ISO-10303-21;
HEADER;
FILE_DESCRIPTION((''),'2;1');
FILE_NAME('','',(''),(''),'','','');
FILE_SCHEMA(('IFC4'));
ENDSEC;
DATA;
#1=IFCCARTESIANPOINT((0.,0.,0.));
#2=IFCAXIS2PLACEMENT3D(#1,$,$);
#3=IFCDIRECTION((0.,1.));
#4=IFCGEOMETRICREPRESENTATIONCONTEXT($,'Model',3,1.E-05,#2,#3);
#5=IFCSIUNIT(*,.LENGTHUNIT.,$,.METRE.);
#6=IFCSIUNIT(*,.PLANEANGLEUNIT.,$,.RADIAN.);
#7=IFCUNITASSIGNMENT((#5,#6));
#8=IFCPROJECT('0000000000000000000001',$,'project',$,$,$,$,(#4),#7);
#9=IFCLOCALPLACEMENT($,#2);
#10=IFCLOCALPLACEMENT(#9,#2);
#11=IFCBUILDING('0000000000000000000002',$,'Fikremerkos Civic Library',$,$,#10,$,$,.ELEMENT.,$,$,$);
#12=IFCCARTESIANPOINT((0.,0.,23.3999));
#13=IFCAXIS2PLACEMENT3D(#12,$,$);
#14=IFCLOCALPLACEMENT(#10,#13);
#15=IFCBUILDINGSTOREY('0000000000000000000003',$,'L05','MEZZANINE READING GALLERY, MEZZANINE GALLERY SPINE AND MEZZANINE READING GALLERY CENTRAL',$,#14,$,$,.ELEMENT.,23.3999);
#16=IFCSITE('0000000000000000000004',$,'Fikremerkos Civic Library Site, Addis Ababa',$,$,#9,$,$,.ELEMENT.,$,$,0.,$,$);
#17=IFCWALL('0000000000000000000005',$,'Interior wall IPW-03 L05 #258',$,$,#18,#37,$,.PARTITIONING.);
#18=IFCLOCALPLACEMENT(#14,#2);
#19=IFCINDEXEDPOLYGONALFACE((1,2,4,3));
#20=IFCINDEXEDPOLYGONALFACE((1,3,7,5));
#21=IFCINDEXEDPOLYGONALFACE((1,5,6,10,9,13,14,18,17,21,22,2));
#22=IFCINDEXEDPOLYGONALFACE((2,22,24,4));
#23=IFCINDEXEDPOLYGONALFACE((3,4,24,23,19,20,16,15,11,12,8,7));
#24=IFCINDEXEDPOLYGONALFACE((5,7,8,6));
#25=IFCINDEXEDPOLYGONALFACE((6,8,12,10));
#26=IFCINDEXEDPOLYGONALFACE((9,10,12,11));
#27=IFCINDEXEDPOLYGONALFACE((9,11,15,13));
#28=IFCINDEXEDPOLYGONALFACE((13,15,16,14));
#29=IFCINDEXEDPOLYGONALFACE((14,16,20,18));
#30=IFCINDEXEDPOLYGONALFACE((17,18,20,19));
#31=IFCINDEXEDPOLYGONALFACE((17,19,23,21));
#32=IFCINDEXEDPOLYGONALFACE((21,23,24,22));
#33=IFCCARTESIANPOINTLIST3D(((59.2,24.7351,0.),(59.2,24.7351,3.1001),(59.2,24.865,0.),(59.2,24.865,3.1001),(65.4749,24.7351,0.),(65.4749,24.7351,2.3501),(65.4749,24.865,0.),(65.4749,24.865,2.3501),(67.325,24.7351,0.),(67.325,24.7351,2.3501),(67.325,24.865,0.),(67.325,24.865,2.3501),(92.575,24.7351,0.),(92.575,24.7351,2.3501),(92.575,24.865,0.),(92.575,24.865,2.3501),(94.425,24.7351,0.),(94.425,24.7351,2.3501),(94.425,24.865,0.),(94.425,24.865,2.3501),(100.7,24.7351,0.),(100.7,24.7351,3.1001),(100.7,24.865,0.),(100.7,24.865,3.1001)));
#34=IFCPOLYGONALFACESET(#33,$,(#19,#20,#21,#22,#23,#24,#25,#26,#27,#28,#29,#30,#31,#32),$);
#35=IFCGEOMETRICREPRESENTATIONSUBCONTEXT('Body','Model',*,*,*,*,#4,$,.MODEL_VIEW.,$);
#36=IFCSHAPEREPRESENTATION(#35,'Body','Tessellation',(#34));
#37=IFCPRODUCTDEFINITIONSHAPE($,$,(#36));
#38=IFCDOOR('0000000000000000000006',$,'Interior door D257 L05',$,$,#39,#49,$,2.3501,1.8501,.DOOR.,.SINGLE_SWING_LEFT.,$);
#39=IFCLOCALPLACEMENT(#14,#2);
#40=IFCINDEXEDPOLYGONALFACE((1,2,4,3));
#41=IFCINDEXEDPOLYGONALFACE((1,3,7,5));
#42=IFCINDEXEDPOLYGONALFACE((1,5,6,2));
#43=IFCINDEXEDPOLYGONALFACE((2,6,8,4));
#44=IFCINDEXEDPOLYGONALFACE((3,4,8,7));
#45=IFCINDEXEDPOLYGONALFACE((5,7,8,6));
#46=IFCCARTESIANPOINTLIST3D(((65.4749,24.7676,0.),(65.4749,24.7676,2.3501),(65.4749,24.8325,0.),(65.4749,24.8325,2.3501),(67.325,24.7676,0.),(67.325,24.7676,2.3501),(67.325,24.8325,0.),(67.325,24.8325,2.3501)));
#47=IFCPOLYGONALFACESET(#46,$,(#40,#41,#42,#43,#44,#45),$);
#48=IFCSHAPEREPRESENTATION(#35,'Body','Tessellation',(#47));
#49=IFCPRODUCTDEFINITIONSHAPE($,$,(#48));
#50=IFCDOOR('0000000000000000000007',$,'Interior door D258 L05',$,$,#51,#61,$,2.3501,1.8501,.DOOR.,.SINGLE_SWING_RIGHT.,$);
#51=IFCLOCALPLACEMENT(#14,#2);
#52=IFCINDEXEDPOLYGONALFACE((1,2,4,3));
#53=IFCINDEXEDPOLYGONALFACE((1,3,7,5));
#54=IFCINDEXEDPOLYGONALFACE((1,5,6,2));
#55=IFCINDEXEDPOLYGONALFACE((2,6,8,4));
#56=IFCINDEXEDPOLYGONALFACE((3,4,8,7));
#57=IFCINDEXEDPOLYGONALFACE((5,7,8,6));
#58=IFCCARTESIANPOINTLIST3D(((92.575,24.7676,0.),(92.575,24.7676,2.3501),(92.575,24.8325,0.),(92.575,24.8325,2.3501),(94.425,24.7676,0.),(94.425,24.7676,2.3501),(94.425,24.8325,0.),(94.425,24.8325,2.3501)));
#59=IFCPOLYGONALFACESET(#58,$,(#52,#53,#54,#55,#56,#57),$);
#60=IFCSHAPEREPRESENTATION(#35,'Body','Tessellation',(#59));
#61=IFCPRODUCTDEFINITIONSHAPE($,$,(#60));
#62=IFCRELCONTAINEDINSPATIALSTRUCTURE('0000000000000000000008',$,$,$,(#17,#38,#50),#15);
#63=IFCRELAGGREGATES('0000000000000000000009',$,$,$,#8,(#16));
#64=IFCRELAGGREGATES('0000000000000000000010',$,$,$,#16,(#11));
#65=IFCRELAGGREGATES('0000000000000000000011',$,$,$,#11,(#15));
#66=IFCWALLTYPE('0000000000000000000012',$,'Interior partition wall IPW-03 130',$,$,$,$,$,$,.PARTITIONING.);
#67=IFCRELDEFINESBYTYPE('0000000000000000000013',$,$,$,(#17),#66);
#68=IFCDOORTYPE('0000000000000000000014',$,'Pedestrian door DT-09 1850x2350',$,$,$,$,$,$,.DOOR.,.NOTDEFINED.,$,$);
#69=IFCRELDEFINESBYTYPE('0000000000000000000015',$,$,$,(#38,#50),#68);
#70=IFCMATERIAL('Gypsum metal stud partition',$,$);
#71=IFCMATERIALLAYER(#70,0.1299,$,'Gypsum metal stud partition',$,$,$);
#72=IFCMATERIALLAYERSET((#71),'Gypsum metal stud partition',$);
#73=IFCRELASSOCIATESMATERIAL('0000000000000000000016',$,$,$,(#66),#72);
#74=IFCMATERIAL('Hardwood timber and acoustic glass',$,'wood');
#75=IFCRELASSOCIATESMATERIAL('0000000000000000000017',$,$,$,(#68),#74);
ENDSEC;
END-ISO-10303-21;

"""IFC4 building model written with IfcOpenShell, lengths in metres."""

from ifc_helpers import new_model, si_unit, direction, frame, frame_2d, origin, place, context, subcontext, project, spatial, rectangle, extrude, material, layer, layer_set, type_object, element, fill, save


model = new_model("IFC4")

# Units and contexts
model_context = context("Model", 3, precision=1e-05, world=origin(), true_north=direction((0.0, 1.0)))
body_context = subcontext(model_context, "Body", "Model", "MODEL_VIEW")
ifc_project = project(units=[si_unit("LENGTHUNIT", "METRE"), si_unit("PLANEANGLEUNIT", "RADIAN")], contexts=[model_context])

# Site, building, storey
site_placement = place(None, origin())
site = spatial("IfcSite", under=ifc_project, at=site_placement, Name="Fikremerkos Civic Library Site, Addis Ababa", CompositionType="ELEMENT", RefElevation=0.0)
building_placement = place(site_placement, origin())
building = spatial("IfcBuilding", under=site, at=building_placement, Name="Fikremerkos Civic Library", CompositionType="ELEMENT")
storey_placement = place(building_placement, frame((0.0, 0.0, 23.3999)))
storey = spatial("IfcBuildingStorey", under=building, at=storey_placement, Name="L05", Description="MEZZANINE READING GALLERY, MEZZANINE GALLERY SPINE AND MEZZANINE READING GALLERY CENTRAL", CompositionType="ELEMENT", Elevation=23.3999)

# Wall, openings, doors
ifc_material_1 = material(Name="Gypsum metal stud partition")
ifc_layer_1 = layer(ifc_material_1, 0.1299, Name="Gypsum metal stud partition")
ifc_layer_set_1 = layer_set([ifc_layer_1], Name="Gypsum metal stud partition")
wall_type_1 = type_object("IfcWallType", Name="Interior partition wall IPW-03 130", PredefinedType="PARTITIONING", material=ifc_layer_set_1)
wall_1_placement = place(storey_placement, frame((59.2, 24.8, 0.0), z_axis=(0.0, 0.0, 1.0), x_axis=(1.0, 0.0, 0.0)))
wall_1 = element("IfcWall", 1, at=wall_1_placement, inside=storey, type_object=wall_type_1, Name="Interior wall IPW-03 L05 #258", PredefinedType="PARTITIONING", context=body_context, shape_type="SweptSolid", body=[
    extrude(rectangle(XDim=41.5, YDim=0.1299, at=frame_2d((20.75, 0.0))), origin(), (0.0, 0.0, 1.0), 3.1001),
])
opening_1_placement = place(wall_1_placement, frame((6.2749, 0.0, 0.0)))
opening_1 = element("IfcOpeningElement", 2, at=opening_1_placement, cuts=wall_1, PredefinedType="OPENING", context=body_context, shape_type="SweptSolid", body=[
    extrude(rectangle(XDim=1.8501, YDim=2.3501, at=frame_2d((0.925, 1.175))), frame((0.0, 0.075, 0.0), z_axis=(0.0, -1.0, 0.0), x_axis=(1.0, 0.0, 0.0)), (0.0, 0.0, 1.0), 0.1499),
])
opening_2_placement = place(wall_1_placement, frame((33.375, 0.0, 0.0)))
opening_2 = element("IfcOpeningElement", 3, at=opening_2_placement, cuts=wall_1, PredefinedType="OPENING", context=body_context, shape_type="SweptSolid", body=[
    extrude(rectangle(XDim=1.8501, YDim=2.3501, at=frame_2d((0.925, 1.175))), frame((0.0, 0.075, 0.0), z_axis=(0.0, -1.0, 0.0), x_axis=(1.0, 0.0, 0.0)), (0.0, 0.0, 1.0), 0.1499),
])
ifc_material_2 = material(Name="Hardwood timber and acoustic glass", Category="wood")
door_type = type_object("IfcDoorType", Name="Pedestrian door DT-09 1850x2350", OperationType="NOTDEFINED", PredefinedType="DOOR", material=ifc_material_2)
door_1_placement = place(opening_1_placement, origin())
door_1 = element("IfcDoor", 4, at=door_1_placement, inside=storey, type_object=door_type, Name="Interior door D257 L05", OperationType="SINGLE_SWING_LEFT", OverallHeight=2.3501, OverallWidth=1.8501, PredefinedType="DOOR", context=body_context, shape_type="SweptSolid", body=[
    extrude(rectangle(XDim=1.8501, YDim=2.3501, at=frame_2d((0.925, 1.175))), frame((0.0, 0.0325, 0.0), z_axis=(0.0, -1.0, 0.0), x_axis=(1.0, 0.0, 0.0)), (0.0, 0.0, 1.0), 0.0649),
])
fill(opening_1, door_1)
door_2_placement = place(opening_2_placement, origin())
door_2 = element("IfcDoor", 5, at=door_2_placement, inside=storey, type_object=door_type, Name="Interior door D258 L05", OperationType="SINGLE_SWING_RIGHT", OverallHeight=2.3501, OverallWidth=1.8501, PredefinedType="DOOR", context=body_context, shape_type="SweptSolid", body=[
    extrude(rectangle(XDim=1.8501, YDim=2.3501, at=frame_2d((0.925, 1.175))), frame((0.0, 0.0325, 0.0), z_axis=(0.0, -1.0, 0.0), x_axis=(1.0, 0.0, 0.0)), (0.0, 0.0, 1.0), 0.0649),
])
fill(opening_2, door_2)

save(model, "model.ifc")
